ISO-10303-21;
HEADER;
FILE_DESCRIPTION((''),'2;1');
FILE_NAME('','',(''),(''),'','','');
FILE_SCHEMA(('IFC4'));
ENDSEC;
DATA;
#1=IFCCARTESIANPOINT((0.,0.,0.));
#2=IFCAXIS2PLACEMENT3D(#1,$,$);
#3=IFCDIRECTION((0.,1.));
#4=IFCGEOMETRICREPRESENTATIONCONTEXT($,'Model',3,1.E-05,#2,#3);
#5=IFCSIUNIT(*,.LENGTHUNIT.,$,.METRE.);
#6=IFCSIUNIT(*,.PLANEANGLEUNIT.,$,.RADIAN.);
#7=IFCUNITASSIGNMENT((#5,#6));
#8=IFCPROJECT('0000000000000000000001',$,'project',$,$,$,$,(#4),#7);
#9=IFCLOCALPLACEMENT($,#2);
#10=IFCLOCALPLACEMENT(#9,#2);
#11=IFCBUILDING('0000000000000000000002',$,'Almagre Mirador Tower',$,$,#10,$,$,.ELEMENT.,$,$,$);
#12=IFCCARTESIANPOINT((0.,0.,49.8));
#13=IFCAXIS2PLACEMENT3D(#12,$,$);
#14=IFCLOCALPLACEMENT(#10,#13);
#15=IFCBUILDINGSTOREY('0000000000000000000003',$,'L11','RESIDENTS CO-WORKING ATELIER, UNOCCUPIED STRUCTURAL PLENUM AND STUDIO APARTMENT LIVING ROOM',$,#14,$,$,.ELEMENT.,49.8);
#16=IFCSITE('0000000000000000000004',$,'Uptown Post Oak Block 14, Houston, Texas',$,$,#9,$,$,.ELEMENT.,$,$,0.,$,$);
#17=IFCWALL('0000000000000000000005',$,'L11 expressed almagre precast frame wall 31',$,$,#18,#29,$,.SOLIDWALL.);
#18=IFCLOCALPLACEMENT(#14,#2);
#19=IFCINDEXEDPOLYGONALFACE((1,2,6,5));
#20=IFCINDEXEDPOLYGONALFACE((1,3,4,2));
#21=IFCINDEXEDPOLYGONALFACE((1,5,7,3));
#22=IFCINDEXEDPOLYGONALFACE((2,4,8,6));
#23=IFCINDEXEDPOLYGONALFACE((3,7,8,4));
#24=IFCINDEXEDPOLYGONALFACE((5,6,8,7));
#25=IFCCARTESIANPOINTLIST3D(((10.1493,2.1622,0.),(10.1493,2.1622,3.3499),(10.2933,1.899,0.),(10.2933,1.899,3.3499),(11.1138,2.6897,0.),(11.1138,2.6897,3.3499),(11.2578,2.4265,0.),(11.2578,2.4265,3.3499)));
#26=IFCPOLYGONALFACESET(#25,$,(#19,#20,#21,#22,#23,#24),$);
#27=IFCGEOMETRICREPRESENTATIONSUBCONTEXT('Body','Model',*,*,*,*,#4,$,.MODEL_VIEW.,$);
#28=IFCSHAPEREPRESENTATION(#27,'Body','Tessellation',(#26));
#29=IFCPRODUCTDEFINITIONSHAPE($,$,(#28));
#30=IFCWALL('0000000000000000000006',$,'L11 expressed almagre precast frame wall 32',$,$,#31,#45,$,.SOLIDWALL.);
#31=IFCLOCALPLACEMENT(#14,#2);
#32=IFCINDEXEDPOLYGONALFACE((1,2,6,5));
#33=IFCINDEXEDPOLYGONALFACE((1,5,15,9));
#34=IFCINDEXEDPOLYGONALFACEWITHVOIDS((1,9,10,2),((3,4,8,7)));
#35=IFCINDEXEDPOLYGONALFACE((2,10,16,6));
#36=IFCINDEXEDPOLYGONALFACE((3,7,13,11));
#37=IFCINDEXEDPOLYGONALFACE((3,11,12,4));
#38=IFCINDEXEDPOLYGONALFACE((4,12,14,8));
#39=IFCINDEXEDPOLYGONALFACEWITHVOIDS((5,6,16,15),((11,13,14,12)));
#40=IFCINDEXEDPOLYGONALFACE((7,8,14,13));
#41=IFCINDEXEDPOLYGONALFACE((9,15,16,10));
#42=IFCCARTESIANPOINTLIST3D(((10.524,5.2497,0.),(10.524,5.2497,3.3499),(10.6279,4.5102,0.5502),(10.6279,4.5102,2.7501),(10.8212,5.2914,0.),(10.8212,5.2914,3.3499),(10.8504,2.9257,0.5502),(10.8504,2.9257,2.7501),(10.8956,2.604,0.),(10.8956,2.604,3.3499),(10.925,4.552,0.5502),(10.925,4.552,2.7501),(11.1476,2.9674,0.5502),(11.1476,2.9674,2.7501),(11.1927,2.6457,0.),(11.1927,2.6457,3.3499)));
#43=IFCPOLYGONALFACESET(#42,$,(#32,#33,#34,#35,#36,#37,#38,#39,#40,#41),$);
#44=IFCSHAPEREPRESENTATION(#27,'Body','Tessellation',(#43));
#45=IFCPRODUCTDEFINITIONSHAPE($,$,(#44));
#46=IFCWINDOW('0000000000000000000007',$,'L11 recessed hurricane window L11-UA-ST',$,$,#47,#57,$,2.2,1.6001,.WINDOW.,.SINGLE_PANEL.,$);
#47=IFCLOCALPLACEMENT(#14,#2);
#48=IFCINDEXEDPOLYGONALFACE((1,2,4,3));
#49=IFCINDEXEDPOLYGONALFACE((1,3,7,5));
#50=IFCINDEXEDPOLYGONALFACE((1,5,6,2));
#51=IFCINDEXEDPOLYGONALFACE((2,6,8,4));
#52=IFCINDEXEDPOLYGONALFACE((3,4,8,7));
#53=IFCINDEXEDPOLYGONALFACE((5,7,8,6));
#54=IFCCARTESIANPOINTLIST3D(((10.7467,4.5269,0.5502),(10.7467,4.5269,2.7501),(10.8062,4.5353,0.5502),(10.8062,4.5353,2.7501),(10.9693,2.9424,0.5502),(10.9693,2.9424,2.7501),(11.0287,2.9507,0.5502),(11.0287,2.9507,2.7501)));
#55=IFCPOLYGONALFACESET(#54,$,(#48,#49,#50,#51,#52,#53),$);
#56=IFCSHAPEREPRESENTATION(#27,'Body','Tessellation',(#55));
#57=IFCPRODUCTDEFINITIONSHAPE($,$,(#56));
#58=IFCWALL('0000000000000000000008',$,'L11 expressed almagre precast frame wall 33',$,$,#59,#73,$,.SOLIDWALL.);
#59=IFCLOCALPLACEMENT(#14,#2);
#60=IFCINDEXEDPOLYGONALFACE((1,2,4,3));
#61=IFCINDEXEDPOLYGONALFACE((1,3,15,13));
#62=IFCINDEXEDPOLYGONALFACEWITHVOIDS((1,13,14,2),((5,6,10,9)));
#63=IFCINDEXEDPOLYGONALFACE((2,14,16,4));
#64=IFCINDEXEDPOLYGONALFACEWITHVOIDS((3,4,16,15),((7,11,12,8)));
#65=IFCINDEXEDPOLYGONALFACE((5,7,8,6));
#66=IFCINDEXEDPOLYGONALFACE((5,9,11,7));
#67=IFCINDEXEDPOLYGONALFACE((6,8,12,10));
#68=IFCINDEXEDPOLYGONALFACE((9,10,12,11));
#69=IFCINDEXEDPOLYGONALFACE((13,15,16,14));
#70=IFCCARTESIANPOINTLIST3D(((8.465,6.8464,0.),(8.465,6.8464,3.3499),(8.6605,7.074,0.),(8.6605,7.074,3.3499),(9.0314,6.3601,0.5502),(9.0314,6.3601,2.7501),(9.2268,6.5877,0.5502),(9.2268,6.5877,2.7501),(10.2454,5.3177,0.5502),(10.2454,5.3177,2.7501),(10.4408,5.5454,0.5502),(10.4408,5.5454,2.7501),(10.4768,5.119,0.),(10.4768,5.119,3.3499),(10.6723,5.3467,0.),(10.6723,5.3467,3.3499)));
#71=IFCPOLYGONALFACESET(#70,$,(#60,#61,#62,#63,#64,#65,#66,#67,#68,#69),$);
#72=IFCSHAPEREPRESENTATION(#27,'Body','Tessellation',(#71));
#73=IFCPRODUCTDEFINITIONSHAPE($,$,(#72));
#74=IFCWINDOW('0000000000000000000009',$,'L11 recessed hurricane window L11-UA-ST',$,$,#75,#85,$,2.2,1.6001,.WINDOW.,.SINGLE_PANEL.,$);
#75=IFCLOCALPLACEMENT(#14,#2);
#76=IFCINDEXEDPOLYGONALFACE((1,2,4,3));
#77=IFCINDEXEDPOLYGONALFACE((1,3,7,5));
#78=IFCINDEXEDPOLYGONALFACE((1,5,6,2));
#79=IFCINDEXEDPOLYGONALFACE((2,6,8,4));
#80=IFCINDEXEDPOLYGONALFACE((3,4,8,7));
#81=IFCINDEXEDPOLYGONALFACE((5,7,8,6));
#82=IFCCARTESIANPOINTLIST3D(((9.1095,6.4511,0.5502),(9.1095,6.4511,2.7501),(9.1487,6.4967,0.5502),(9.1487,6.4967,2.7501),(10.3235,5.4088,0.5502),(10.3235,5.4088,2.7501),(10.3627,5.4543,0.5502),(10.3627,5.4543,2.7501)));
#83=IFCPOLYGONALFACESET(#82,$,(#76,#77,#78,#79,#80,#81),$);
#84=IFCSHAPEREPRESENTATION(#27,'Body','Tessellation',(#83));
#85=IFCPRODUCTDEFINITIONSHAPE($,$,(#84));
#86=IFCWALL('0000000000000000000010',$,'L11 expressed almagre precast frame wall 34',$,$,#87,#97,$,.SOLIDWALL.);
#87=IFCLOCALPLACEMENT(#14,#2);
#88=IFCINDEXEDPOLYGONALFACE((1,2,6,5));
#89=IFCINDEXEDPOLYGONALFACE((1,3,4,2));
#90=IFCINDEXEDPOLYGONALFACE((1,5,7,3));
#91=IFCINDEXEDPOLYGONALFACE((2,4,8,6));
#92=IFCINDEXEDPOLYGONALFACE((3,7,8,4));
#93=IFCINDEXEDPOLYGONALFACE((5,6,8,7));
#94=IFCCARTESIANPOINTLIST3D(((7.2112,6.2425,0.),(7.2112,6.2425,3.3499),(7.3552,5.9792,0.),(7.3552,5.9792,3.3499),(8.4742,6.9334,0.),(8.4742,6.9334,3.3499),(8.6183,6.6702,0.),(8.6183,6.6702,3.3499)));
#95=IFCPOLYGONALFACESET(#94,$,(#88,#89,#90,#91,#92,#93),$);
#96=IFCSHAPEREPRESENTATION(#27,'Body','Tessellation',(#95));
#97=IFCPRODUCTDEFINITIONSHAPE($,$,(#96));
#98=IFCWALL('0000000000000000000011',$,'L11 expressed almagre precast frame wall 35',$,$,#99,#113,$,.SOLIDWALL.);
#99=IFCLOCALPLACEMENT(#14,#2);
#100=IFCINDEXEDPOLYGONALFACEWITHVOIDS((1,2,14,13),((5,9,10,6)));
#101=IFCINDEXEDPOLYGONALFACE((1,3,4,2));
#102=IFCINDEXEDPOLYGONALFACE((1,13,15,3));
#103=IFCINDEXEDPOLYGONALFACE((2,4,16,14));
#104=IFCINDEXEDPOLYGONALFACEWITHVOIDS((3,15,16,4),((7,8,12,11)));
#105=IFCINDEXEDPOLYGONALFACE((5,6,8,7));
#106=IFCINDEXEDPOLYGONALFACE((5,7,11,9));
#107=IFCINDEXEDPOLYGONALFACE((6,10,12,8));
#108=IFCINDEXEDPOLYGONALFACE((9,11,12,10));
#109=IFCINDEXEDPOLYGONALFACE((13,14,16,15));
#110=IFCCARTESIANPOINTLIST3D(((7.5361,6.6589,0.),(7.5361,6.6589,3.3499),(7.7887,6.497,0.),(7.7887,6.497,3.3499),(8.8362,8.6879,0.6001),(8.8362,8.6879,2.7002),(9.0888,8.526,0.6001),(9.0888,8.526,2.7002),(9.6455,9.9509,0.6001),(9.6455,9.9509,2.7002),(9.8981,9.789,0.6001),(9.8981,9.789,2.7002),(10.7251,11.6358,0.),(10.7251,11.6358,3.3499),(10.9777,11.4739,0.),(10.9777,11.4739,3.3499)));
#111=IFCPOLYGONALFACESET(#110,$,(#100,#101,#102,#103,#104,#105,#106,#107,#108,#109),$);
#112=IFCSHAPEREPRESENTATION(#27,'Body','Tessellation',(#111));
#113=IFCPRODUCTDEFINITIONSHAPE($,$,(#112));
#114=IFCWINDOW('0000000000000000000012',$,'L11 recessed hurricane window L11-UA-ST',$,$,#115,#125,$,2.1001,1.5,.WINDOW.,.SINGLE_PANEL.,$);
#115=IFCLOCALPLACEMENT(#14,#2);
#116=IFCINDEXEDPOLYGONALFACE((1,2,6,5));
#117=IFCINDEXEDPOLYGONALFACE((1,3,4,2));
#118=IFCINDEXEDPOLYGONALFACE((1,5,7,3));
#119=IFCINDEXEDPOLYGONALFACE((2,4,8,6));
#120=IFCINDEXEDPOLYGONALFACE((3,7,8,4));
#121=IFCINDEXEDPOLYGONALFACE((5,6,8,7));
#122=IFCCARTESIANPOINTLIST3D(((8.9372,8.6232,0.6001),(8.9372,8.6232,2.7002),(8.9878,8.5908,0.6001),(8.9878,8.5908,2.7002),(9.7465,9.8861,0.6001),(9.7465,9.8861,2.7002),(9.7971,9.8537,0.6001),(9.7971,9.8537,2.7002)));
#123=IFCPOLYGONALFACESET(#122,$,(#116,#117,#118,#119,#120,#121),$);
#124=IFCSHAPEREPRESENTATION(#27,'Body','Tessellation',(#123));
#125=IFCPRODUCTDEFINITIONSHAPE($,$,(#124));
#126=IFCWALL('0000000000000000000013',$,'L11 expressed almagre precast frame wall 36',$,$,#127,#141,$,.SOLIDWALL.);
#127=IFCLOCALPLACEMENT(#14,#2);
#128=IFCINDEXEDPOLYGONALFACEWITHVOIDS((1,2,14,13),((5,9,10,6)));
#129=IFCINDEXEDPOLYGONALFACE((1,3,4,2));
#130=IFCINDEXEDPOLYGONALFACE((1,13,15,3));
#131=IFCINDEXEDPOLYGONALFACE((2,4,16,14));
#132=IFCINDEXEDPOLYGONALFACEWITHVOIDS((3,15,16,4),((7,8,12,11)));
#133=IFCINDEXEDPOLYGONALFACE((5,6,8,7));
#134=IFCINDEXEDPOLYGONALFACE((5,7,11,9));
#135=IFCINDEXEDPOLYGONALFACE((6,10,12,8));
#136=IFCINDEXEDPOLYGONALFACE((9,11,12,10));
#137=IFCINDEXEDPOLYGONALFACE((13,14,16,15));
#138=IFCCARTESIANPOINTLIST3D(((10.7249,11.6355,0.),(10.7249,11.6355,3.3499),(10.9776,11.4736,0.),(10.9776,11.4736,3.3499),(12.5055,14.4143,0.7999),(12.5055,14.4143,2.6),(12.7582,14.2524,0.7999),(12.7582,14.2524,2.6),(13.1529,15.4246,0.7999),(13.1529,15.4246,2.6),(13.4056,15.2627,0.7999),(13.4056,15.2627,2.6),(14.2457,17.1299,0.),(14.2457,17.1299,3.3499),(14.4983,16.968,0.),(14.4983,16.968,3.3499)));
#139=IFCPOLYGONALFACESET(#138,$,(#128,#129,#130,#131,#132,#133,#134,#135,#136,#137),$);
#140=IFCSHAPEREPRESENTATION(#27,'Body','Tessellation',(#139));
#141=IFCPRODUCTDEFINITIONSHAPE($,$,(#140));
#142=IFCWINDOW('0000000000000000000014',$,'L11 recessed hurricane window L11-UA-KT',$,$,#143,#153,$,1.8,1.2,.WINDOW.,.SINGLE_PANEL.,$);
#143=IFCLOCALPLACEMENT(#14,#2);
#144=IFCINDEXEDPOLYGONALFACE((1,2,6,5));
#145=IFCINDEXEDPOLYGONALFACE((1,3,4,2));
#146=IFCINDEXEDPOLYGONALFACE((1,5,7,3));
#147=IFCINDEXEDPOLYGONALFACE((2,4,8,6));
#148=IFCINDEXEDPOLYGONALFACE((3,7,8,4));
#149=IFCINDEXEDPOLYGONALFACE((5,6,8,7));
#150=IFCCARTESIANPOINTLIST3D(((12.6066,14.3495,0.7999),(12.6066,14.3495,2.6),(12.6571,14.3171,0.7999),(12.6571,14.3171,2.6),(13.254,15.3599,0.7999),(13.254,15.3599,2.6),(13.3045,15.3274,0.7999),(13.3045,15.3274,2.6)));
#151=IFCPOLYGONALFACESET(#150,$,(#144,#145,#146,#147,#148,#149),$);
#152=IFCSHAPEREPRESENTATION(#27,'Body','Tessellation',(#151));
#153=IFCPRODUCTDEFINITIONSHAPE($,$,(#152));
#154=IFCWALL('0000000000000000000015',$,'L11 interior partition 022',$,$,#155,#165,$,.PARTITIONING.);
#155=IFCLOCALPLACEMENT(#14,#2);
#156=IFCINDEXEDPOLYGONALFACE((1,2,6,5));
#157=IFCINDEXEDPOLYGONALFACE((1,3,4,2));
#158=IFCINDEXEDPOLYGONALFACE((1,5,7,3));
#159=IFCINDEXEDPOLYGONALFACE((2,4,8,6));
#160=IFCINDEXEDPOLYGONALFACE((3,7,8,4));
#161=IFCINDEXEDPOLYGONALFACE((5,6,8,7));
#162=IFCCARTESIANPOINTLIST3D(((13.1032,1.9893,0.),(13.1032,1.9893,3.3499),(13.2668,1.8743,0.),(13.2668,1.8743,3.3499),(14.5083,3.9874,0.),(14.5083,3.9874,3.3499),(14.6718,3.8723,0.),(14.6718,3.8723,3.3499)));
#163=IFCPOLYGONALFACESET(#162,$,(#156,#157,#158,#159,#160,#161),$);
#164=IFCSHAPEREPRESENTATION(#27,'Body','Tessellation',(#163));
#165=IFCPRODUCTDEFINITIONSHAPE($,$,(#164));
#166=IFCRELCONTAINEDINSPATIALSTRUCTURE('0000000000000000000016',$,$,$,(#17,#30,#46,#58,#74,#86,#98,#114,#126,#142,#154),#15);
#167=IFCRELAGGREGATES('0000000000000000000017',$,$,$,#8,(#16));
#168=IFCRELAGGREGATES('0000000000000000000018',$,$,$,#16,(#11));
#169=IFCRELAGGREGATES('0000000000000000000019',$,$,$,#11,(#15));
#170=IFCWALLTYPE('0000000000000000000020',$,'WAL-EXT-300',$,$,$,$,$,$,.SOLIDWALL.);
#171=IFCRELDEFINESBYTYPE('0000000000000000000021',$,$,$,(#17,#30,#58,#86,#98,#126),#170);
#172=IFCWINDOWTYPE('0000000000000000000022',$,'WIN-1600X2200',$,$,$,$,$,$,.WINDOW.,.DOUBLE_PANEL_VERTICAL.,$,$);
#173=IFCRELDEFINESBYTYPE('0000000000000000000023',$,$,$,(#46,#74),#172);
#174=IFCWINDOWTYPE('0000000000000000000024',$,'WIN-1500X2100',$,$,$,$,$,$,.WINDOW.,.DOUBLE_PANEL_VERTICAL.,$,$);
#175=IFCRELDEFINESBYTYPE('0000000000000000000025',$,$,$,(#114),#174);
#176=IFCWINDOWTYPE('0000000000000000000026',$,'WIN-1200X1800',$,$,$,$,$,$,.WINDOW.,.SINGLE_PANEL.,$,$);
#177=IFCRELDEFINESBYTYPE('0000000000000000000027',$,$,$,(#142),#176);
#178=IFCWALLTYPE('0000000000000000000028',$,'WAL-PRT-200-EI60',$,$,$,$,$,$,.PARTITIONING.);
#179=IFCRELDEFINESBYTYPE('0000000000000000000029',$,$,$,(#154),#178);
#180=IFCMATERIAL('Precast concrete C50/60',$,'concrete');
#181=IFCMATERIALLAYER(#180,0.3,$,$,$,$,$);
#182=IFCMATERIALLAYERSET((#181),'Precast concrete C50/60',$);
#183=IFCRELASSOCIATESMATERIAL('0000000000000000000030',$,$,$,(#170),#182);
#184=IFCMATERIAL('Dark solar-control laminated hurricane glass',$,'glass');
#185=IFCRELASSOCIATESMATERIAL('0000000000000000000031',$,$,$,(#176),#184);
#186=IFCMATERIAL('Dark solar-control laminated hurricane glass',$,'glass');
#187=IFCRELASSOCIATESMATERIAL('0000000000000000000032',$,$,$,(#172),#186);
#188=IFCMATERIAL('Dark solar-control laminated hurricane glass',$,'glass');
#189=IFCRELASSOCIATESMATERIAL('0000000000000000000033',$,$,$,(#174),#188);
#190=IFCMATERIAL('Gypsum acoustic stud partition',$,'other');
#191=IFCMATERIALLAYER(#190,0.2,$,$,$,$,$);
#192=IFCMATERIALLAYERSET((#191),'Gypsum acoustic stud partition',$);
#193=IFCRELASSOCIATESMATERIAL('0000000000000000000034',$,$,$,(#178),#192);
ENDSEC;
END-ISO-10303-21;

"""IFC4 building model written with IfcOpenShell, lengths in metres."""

from ifc_helpers import new_model, si_unit, direction, frame, frame_2d, origin, place, context, subcontext, project, spatial, rectangle, extrude, material, layer, layer_set, type_object, element, fill, save


model = new_model("IFC4")

# Units and contexts
model_context = context("Model", 3, precision=1e-05, world=origin(), true_north=direction((0.0, 1.0)))
body_context = subcontext(model_context, "Body", "Model", "MODEL_VIEW")
ifc_project = project(units=[si_unit("LENGTHUNIT", "METRE"), si_unit("PLANEANGLEUNIT", "RADIAN")], contexts=[model_context])

# Site, building, storey
site_placement = place(None, origin())
site = spatial("IfcSite", under=ifc_project, at=site_placement, Name="Uptown Post Oak Block 14, Houston, Texas", CompositionType="ELEMENT", RefElevation=0.0)
building_placement = place(site_placement, origin())
building = spatial("IfcBuilding", under=site, at=building_placement, Name="Almagre Mirador Tower", CompositionType="ELEMENT")
storey_placement = place(building_placement, frame((0.0, 0.0, 49.8)))
storey = spatial("IfcBuildingStorey", under=building, at=storey_placement, Name="L11", Description="RESIDENTS CO-WORKING ATELIER, UNOCCUPIED STRUCTURAL PLENUM AND STUDIO APARTMENT LIVING ROOM", CompositionType="ELEMENT", Elevation=49.8)

# Shared definitions
ifc_material_1 = material(Name="Precast concrete C50/60", Category="concrete")
ifc_layer_1 = layer(ifc_material_1, 0.3)
ifc_layer_set_1 = layer_set([ifc_layer_1], Name="Precast concrete C50/60")
wall_type_1 = type_object("IfcWallType", Name="WAL-EXT-300", PredefinedType="SOLIDWALL", material=ifc_layer_set_1)
ifc_material_2 = material(Name="Dark solar-control laminated hurricane glass", Category="glass")
window_type_1 = type_object("IfcWindowType", Name="WIN-1200X1800", PartitioningType="SINGLE_PANEL", PredefinedType="WINDOW", material=ifc_material_2)

# Wall
wall_1_placement = place(storey_placement, frame((10.2212, 2.0305, 0.0), z_axis=(0.0, 0.0, 1.0), x_axis=(0.877343, 0.479863, 0.0)))
element("IfcWall", 1, at=wall_1_placement, inside=storey, type_object=wall_type_1, Name="L11 expressed almagre precast frame wall 31", PredefinedType="SOLIDWALL", context=body_context, shape_type="SweptSolid", body=[
    extrude(rectangle(XDim=1.0994, YDim=0.3, at=frame_2d((0.5498, 0.0))), origin(), (0.0, 0.0, 1.0), 3.3499),
])

# Walls, openings, windows
wall_2_placement = place(storey_placement, frame((11.0442, 2.6248, 0.0), z_axis=(0.0, 0.0, 1.0), x_axis=(-0.13908, 0.990281, 0.0)))
wall_2 = element("IfcWall", 2, at=wall_2_placement, inside=storey, type_object=wall_type_1, Name="L11 expressed almagre precast frame wall 32", PredefinedType="SOLIDWALL", context=body_context, shape_type="SweptSolid", body=[
    extrude(rectangle(XDim=2.6716, YDim=0.3, at=frame_2d((1.3359, 0.0))), origin(), (0.0, 0.0, 1.0), 3.3499),
])
opening_1_placement = place(wall_2_placement, frame((0.325, 0.0, 0.55)))
opening_1 = element("IfcOpeningElement", 3, at=opening_1_placement, cuts=wall_2, PredefinedType="OPENING", context=body_context, shape_type="SweptSolid", body=[
    extrude(rectangle(XDim=1.6001, YDim=2.2, at=frame_2d((0.8, 1.1001))), frame((0.0, 0.1599, 0.0), z_axis=(0.0, -1.0, 0.0), x_axis=(1.0, 0.0, 0.0)), (0.0, 0.0, 1.0), 0.32),
])
ifc_material_3 = material(Name="Dark solar-control laminated hurricane glass", Category="glass")
window_type_2 = type_object("IfcWindowType", Name="WIN-1600X2200", PartitioningType="DOUBLE_PANEL_VERTICAL", PredefinedType="WINDOW", material=ifc_material_3)
window_1_placement = place(opening_1_placement, origin())
window_1 = element("IfcWindow", 4, at=window_1_placement, inside=storey, type_object=window_type_2, Name="L11 recessed hurricane window L11-UA-ST", OverallHeight=2.2, OverallWidth=1.6001, PartitioningType="SINGLE_PANEL", PredefinedType="WINDOW", context=body_context, shape_type="SweptSolid", body=[
    extrude(rectangle(XDim=1.6001, YDim=2.2, at=frame_2d((0.8, 1.1001))), frame((0.0, 0.03, 0.0), z_axis=(0.0, -1.0, 0.0), x_axis=(1.0, 0.0, 0.0)), (0.0, 0.0, 1.0), 0.0601),
])
fill(opening_1, window_1)
wall_3_placement = place(storey_placement, frame((10.5745, 5.2329, 0.0), z_axis=(0.0, 0.0, 1.0), x_axis=(-0.758704, 0.651436, 0.0)))
wall_3 = element("IfcWall", 5, at=wall_3_placement, inside=storey, type_object=wall_type_1, Name="L11 expressed almagre precast frame wall 33", PredefinedType="SOLIDWALL", context=body_context, shape_type="SweptSolid", body=[
    extrude(rectangle(XDim=2.6516, YDim=0.3, at=frame_2d((1.3257, 0.0))), origin(), (0.0, 0.0, 1.0), 3.3499),
])
opening_2_placement = place(wall_3_placement, frame((0.3049, 0.0, 0.55)))
opening_2 = element("IfcOpeningElement", 6, at=opening_2_placement, cuts=wall_3, PredefinedType="OPENING", context=body_context, shape_type="SweptSolid", body=[
    extrude(rectangle(XDim=1.6001, YDim=2.2, at=frame_2d((0.8, 1.1001))), frame((0.0, 0.1599, 0.0), z_axis=(0.0, -1.0, 0.0), x_axis=(1.0, 0.0, 0.0)), (0.0, 0.0, 1.0), 0.32),
])
window_2_placement = place(opening_2_placement, origin())
window_2 = element("IfcWindow", 7, at=window_2_placement, inside=storey, type_object=window_type_2, Name="L11 recessed hurricane window L11-UA-ST", OverallHeight=2.2, OverallWidth=1.6001, PartitioningType="SINGLE_PANEL", PredefinedType="WINDOW", context=body_context, shape_type="SweptSolid", body=[
    extrude(rectangle(XDim=1.6001, YDim=2.2, at=frame_2d((0.8, 1.1001))), frame((0.0, 0.03, 0.0), z_axis=(0.0, -1.0, 0.0), x_axis=(1.0, 0.0, 0.0)), (0.0, 0.0, 1.0), 0.0601),
])
fill(opening_2, window_2)

# Wall
wall_4_placement = place(storey_placement, frame((8.5461, 6.8018, 0.0), z_axis=(0.0, 0.0, 1.0), x_axis=(-0.877299, -0.479945, 0.0)))
element("IfcWall", 8, at=wall_4_placement, inside=storey, type_object=wall_type_1, Name="L11 expressed almagre precast frame wall 34", PredefinedType="SOLIDWALL", context=body_context, shape_type="SweptSolid", body=[
    extrude(rectangle(XDim=1.4397, YDim=0.3, at=frame_2d((0.7197, 0.0))), origin(), (0.0, 0.0, 1.0), 3.3499),
])

# Walls, openings, windows
wall_5_placement = place(storey_placement, frame((7.6624, 6.5779, 0.0), z_axis=(0.0, 0.0, 1.0), x_axis=(0.539511, 0.841979, 0.0)))
wall_5 = element("IfcWall", 9, at=wall_5_placement, inside=storey, type_object=wall_type_1, Name="L11 expressed almagre precast frame wall 35", PredefinedType="SOLIDWALL", context=body_context, shape_type="SweptSolid", body=[
    extrude(rectangle(XDim=5.9109, YDim=0.3, at=frame_2d((2.9556, 0.0))), origin(), (0.0, 0.0, 1.0), 3.3499),
])
opening_3_placement = place(wall_5_placement, frame((2.4099, 0.0, 0.6001)))
opening_3 = element("IfcOpeningElement", 10, at=opening_3_placement, cuts=wall_5, PredefinedType="OPENING", context=body_context, shape_type="SweptSolid", body=[
    extrude(rectangle(XDim=1.5, YDim=2.1001, at=frame_2d((0.75, 1.05))), frame((0.0, 0.1599, 0.0), z_axis=(0.0, -1.0, 0.0), x_axis=(1.0, 0.0, 0.0)), (0.0, 0.0, 1.0), 0.32),
])
ifc_material_4 = material(Name="Dark solar-control laminated hurricane glass", Category="glass")
window_type_3 = type_object("IfcWindowType", Name="WIN-1500X2100", PartitioningType="DOUBLE_PANEL_VERTICAL", PredefinedType="WINDOW", material=ifc_material_4)
window_3_placement = place(opening_3_placement, origin())
window_3 = element("IfcWindow", 11, at=window_3_placement, inside=storey, type_object=window_type_3, Name="L11 recessed hurricane window L11-UA-ST", OverallHeight=2.1001, OverallWidth=1.5, PartitioningType="SINGLE_PANEL", PredefinedType="WINDOW", context=body_context, shape_type="SweptSolid", body=[
    extrude(rectangle(XDim=1.5, YDim=2.1001, at=frame_2d((0.75, 1.05))), frame((0.0, 0.03, 0.0), z_axis=(0.0, -1.0, 0.0), x_axis=(1.0, 0.0, 0.0)), (0.0, 0.0, 1.0), 0.0601),
])
fill(opening_3, window_3)
wall_6_placement = place(storey_placement, frame((10.8513, 11.5547, 0.0), z_axis=(0.0, 0.0, 1.0), x_axis=(0.539526, 0.841969, 0.0)))
wall_6 = element("IfcWall", 12, at=wall_6_placement, inside=storey, type_object=wall_type_1, Name="L11 expressed almagre precast frame wall 36", PredefinedType="SOLIDWALL", context=body_context, shape_type="SweptSolid", body=[
    extrude(rectangle(XDim=6.5256, YDim=0.3, at=frame_2d((3.2627, 0.0))), origin(), (0.0, 0.0, 1.0), 3.3499),
])
opening_4_placement = place(wall_6_placement, frame((3.3, 0.0, 0.8)))
opening_4 = element("IfcOpeningElement", 13, at=opening_4_placement, cuts=wall_6, PredefinedType="OPENING", context=body_context, shape_type="SweptSolid", body=[
    extrude(rectangle(XDim=1.2, YDim=1.8, at=frame_2d((0.6001, 0.8999))), frame((0.0, 0.1599, 0.0), z_axis=(0.0, -1.0, 0.0), x_axis=(1.0, 0.0, 0.0)), (0.0, 0.0, 1.0), 0.32),
])
window_4_placement = place(opening_4_placement, origin())
window_4 = element("IfcWindow", 14, at=window_4_placement, inside=storey, type_object=window_type_1, Name="L11 recessed hurricane window L11-UA-KT", OverallHeight=1.8, OverallWidth=1.2, PartitioningType="SINGLE_PANEL", PredefinedType="WINDOW", context=body_context, shape_type="SweptSolid", body=[
    extrude(rectangle(XDim=1.2, YDim=1.8, at=frame_2d((0.6001, 0.8999))), frame((0.0, 0.03, 0.0), z_axis=(0.0, -1.0, 0.0), x_axis=(1.0, 0.0, 0.0)), (0.0, 0.0, 1.0), 0.0601),
])
fill(opening_4, window_4)

# Wall
ifc_material_5 = material(Name="Gypsum acoustic stud partition", Category="other")
ifc_layer_2 = layer(ifc_material_5, 0.2)
ifc_layer_set_2 = layer_set([ifc_layer_2], Name="Gypsum acoustic stud partition")
wall_type_2 = type_object("IfcWallType", Name="WAL-PRT-200-EI60", PredefinedType="PARTITIONING", material=ifc_layer_set_2)
wall_7_placement = place(storey_placement, frame((13.1851, 1.9319, 0.0), z_axis=(0.0, 0.0, 1.0), x_axis=(0.575219, 0.818, 0.0)))
element("IfcWall", 15, at=wall_7_placement, inside=storey, type_object=wall_type_2, Name="L11 interior partition 022", PredefinedType="PARTITIONING", context=body_context, shape_type="SweptSolid", body=[
    extrude(rectangle(XDim=2.4426, YDim=0.2, at=frame_2d((1.2212, 0.0))), origin(), (0.0, 0.0, 1.0), 3.3499),
])

save(model, "model.ifc")
